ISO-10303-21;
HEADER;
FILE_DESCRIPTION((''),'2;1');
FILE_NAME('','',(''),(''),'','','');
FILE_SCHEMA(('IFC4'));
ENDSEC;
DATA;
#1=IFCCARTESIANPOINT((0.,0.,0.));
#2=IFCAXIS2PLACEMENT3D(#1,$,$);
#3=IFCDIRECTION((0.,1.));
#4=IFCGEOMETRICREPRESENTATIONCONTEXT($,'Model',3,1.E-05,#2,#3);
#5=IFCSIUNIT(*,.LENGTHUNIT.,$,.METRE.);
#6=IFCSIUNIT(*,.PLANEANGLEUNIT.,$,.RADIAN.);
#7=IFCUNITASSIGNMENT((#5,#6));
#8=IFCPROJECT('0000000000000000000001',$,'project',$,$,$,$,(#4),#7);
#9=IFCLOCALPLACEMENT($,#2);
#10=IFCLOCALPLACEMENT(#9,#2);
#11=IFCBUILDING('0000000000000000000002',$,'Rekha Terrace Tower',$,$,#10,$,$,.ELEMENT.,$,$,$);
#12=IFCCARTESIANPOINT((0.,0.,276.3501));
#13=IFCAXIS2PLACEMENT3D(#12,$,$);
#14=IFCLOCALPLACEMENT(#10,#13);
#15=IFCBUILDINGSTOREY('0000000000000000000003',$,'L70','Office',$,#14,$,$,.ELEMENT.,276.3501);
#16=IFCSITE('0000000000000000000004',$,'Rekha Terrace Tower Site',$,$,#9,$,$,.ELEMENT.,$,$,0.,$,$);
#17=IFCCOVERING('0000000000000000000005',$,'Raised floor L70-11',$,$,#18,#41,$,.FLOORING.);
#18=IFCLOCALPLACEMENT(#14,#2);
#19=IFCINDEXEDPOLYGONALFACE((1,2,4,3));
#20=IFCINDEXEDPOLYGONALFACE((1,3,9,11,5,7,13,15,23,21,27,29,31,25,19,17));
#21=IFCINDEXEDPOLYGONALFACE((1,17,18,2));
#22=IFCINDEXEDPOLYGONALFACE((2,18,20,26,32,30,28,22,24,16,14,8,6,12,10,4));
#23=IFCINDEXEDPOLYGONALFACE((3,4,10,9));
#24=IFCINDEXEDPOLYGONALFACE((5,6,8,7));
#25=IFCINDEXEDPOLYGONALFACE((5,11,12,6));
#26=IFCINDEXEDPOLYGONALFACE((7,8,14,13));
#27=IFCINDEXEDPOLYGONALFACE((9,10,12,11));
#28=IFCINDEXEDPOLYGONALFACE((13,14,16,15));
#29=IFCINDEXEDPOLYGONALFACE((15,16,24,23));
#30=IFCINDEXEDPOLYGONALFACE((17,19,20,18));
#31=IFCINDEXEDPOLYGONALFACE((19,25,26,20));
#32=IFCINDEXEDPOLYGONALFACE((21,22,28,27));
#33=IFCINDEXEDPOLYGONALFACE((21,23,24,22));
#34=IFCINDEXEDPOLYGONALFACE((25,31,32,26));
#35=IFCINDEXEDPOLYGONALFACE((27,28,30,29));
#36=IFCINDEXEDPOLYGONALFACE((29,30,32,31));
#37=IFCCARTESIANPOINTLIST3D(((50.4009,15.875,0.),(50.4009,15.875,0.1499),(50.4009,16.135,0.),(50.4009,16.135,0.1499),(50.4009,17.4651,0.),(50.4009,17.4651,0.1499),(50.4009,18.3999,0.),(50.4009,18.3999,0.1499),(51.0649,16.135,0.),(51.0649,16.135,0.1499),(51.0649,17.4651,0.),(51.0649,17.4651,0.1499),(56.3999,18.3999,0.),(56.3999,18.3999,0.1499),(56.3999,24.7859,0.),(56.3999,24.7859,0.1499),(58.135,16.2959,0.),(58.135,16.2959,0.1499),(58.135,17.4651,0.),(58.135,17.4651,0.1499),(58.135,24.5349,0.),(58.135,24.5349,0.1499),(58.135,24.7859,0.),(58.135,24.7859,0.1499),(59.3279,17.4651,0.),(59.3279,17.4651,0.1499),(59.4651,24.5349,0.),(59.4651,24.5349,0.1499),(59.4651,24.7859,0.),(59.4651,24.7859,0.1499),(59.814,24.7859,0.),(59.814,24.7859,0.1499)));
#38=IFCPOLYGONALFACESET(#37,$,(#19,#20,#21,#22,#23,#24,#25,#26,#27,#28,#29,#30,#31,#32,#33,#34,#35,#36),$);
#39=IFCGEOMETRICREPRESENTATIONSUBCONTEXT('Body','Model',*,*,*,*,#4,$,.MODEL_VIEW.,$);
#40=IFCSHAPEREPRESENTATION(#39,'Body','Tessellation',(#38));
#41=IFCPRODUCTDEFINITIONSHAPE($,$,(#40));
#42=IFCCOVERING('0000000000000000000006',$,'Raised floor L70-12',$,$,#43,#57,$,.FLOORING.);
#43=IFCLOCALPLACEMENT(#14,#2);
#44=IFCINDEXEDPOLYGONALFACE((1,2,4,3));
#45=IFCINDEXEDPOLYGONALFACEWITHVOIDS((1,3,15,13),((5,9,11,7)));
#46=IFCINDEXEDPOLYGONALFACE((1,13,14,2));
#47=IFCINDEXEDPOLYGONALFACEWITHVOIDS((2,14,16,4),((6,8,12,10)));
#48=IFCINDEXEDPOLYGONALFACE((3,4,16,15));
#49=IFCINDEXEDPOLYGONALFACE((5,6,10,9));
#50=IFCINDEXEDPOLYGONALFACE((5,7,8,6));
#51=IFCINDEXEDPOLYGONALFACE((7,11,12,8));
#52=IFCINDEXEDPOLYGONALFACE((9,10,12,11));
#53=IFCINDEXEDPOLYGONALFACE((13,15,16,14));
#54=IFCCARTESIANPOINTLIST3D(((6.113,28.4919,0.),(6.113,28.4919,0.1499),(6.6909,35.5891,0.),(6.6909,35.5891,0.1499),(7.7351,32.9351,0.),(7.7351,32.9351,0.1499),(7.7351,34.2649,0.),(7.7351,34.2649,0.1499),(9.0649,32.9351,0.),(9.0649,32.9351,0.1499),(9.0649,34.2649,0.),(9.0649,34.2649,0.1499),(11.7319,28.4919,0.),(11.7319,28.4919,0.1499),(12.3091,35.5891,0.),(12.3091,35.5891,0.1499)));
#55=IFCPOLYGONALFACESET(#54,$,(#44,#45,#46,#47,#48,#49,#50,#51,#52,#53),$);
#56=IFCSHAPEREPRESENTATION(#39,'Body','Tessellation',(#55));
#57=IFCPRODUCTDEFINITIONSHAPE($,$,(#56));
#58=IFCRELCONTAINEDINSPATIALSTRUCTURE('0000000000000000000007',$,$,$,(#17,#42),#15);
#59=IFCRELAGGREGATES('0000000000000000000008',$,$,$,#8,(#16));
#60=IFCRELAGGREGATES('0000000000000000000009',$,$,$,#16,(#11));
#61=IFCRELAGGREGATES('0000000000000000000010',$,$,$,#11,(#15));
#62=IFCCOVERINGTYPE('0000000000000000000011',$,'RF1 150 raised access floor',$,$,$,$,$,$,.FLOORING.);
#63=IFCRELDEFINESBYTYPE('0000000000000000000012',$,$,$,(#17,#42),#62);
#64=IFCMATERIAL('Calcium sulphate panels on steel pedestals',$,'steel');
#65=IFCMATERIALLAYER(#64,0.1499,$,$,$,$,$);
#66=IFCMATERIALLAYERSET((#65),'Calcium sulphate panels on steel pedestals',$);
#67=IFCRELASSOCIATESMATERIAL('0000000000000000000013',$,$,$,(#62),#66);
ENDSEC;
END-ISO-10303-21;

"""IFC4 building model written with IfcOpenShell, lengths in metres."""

from ifc_helpers import new_model, si_unit, direction, frame, origin, place, context, subcontext, project, spatial, polyline, outline, extrude, material, layer, layer_set, type_object, element, save


model = new_model("IFC4")

# Units and contexts
model_context = context("Model", 3, precision=1e-05, world=origin(), true_north=direction((0.0, 1.0)))
body_context = subcontext(model_context, "Body", "Model", "MODEL_VIEW")
ifc_project = project(units=[si_unit("LENGTHUNIT", "METRE"), si_unit("PLANEANGLEUNIT", "RADIAN")], contexts=[model_context])

# Site, building, storey
site_placement = place(None, origin())
site = spatial("IfcSite", under=ifc_project, at=site_placement, Name="Rekha Terrace Tower Site", CompositionType="ELEMENT", RefElevation=0.0)
building_placement = place(site_placement, origin())
building = spatial("IfcBuilding", under=site, at=building_placement, Name="Rekha Terrace Tower", CompositionType="ELEMENT")
storey_placement = place(building_placement, frame((0.0, 0.0, 276.3501)))
storey = spatial("IfcBuildingStorey", under=building, at=storey_placement, Name="L70", Description="Office", CompositionType="ELEMENT", Elevation=276.3501)

# Coverings
ifc_material_1 = material(Name="Calcium sulphate panels on steel pedestals", Category="steel")
ifc_layer_1 = layer(ifc_material_1, 0.1499)
ifc_layer_set_1 = layer_set([ifc_layer_1], Name="Calcium sulphate panels on steel pedestals")
covering_type_1 = type_object("IfcCoveringType", Name="RF1 150 raised access floor", PredefinedType="FLOORING", material=ifc_layer_set_1)
covering_1_placement = place(storey_placement, origin())
element("IfcCovering", 1, at=covering_1_placement, inside=storey, type_object=covering_type_1, Name="Raised floor L70-11", PredefinedType="FLOORING", context=body_context, shape_type="SweptSolid", body=[
    extrude(outline(polyline([(58.135, 24.5349), (58.135, 24.7859), (56.3999, 24.7859), (56.3999, 18.3999), (50.4009, 18.3999), (50.4009, 17.4651), (51.0649, 17.4651), (51.0649, 16.135), (50.4009, 16.135), (50.4009, 15.875), (58.135, 16.2959), (58.135, 17.4651), (59.3279, 17.4651), (59.814, 24.7859), (59.4651, 24.7859), (59.4651, 24.5349), (58.135, 24.5349)])), origin(), (0.0, 0.0, 1.0), 0.1499),
])
covering_2_placement = place(storey_placement, origin())
element("IfcCovering", 2, at=covering_2_placement, inside=storey, type_object=covering_type_1, Name="Raised floor L70-12", PredefinedType="FLOORING", context=body_context, shape_type="SweptSolid", body=[
    extrude(outline(polyline([(11.7319, 28.4919), (12.3091, 35.5891), (6.6909, 35.5891), (6.113, 28.4919), (11.7319, 28.4919)]), holes=[polyline([(9.0649, 34.2649), (9.0649, 32.9351), (7.7351, 32.9351), (7.7351, 34.2649), (9.0649, 34.2649)])]), origin(), (0.0, 0.0, 1.0), 0.1499),
])

save(model, "model.ifc")
